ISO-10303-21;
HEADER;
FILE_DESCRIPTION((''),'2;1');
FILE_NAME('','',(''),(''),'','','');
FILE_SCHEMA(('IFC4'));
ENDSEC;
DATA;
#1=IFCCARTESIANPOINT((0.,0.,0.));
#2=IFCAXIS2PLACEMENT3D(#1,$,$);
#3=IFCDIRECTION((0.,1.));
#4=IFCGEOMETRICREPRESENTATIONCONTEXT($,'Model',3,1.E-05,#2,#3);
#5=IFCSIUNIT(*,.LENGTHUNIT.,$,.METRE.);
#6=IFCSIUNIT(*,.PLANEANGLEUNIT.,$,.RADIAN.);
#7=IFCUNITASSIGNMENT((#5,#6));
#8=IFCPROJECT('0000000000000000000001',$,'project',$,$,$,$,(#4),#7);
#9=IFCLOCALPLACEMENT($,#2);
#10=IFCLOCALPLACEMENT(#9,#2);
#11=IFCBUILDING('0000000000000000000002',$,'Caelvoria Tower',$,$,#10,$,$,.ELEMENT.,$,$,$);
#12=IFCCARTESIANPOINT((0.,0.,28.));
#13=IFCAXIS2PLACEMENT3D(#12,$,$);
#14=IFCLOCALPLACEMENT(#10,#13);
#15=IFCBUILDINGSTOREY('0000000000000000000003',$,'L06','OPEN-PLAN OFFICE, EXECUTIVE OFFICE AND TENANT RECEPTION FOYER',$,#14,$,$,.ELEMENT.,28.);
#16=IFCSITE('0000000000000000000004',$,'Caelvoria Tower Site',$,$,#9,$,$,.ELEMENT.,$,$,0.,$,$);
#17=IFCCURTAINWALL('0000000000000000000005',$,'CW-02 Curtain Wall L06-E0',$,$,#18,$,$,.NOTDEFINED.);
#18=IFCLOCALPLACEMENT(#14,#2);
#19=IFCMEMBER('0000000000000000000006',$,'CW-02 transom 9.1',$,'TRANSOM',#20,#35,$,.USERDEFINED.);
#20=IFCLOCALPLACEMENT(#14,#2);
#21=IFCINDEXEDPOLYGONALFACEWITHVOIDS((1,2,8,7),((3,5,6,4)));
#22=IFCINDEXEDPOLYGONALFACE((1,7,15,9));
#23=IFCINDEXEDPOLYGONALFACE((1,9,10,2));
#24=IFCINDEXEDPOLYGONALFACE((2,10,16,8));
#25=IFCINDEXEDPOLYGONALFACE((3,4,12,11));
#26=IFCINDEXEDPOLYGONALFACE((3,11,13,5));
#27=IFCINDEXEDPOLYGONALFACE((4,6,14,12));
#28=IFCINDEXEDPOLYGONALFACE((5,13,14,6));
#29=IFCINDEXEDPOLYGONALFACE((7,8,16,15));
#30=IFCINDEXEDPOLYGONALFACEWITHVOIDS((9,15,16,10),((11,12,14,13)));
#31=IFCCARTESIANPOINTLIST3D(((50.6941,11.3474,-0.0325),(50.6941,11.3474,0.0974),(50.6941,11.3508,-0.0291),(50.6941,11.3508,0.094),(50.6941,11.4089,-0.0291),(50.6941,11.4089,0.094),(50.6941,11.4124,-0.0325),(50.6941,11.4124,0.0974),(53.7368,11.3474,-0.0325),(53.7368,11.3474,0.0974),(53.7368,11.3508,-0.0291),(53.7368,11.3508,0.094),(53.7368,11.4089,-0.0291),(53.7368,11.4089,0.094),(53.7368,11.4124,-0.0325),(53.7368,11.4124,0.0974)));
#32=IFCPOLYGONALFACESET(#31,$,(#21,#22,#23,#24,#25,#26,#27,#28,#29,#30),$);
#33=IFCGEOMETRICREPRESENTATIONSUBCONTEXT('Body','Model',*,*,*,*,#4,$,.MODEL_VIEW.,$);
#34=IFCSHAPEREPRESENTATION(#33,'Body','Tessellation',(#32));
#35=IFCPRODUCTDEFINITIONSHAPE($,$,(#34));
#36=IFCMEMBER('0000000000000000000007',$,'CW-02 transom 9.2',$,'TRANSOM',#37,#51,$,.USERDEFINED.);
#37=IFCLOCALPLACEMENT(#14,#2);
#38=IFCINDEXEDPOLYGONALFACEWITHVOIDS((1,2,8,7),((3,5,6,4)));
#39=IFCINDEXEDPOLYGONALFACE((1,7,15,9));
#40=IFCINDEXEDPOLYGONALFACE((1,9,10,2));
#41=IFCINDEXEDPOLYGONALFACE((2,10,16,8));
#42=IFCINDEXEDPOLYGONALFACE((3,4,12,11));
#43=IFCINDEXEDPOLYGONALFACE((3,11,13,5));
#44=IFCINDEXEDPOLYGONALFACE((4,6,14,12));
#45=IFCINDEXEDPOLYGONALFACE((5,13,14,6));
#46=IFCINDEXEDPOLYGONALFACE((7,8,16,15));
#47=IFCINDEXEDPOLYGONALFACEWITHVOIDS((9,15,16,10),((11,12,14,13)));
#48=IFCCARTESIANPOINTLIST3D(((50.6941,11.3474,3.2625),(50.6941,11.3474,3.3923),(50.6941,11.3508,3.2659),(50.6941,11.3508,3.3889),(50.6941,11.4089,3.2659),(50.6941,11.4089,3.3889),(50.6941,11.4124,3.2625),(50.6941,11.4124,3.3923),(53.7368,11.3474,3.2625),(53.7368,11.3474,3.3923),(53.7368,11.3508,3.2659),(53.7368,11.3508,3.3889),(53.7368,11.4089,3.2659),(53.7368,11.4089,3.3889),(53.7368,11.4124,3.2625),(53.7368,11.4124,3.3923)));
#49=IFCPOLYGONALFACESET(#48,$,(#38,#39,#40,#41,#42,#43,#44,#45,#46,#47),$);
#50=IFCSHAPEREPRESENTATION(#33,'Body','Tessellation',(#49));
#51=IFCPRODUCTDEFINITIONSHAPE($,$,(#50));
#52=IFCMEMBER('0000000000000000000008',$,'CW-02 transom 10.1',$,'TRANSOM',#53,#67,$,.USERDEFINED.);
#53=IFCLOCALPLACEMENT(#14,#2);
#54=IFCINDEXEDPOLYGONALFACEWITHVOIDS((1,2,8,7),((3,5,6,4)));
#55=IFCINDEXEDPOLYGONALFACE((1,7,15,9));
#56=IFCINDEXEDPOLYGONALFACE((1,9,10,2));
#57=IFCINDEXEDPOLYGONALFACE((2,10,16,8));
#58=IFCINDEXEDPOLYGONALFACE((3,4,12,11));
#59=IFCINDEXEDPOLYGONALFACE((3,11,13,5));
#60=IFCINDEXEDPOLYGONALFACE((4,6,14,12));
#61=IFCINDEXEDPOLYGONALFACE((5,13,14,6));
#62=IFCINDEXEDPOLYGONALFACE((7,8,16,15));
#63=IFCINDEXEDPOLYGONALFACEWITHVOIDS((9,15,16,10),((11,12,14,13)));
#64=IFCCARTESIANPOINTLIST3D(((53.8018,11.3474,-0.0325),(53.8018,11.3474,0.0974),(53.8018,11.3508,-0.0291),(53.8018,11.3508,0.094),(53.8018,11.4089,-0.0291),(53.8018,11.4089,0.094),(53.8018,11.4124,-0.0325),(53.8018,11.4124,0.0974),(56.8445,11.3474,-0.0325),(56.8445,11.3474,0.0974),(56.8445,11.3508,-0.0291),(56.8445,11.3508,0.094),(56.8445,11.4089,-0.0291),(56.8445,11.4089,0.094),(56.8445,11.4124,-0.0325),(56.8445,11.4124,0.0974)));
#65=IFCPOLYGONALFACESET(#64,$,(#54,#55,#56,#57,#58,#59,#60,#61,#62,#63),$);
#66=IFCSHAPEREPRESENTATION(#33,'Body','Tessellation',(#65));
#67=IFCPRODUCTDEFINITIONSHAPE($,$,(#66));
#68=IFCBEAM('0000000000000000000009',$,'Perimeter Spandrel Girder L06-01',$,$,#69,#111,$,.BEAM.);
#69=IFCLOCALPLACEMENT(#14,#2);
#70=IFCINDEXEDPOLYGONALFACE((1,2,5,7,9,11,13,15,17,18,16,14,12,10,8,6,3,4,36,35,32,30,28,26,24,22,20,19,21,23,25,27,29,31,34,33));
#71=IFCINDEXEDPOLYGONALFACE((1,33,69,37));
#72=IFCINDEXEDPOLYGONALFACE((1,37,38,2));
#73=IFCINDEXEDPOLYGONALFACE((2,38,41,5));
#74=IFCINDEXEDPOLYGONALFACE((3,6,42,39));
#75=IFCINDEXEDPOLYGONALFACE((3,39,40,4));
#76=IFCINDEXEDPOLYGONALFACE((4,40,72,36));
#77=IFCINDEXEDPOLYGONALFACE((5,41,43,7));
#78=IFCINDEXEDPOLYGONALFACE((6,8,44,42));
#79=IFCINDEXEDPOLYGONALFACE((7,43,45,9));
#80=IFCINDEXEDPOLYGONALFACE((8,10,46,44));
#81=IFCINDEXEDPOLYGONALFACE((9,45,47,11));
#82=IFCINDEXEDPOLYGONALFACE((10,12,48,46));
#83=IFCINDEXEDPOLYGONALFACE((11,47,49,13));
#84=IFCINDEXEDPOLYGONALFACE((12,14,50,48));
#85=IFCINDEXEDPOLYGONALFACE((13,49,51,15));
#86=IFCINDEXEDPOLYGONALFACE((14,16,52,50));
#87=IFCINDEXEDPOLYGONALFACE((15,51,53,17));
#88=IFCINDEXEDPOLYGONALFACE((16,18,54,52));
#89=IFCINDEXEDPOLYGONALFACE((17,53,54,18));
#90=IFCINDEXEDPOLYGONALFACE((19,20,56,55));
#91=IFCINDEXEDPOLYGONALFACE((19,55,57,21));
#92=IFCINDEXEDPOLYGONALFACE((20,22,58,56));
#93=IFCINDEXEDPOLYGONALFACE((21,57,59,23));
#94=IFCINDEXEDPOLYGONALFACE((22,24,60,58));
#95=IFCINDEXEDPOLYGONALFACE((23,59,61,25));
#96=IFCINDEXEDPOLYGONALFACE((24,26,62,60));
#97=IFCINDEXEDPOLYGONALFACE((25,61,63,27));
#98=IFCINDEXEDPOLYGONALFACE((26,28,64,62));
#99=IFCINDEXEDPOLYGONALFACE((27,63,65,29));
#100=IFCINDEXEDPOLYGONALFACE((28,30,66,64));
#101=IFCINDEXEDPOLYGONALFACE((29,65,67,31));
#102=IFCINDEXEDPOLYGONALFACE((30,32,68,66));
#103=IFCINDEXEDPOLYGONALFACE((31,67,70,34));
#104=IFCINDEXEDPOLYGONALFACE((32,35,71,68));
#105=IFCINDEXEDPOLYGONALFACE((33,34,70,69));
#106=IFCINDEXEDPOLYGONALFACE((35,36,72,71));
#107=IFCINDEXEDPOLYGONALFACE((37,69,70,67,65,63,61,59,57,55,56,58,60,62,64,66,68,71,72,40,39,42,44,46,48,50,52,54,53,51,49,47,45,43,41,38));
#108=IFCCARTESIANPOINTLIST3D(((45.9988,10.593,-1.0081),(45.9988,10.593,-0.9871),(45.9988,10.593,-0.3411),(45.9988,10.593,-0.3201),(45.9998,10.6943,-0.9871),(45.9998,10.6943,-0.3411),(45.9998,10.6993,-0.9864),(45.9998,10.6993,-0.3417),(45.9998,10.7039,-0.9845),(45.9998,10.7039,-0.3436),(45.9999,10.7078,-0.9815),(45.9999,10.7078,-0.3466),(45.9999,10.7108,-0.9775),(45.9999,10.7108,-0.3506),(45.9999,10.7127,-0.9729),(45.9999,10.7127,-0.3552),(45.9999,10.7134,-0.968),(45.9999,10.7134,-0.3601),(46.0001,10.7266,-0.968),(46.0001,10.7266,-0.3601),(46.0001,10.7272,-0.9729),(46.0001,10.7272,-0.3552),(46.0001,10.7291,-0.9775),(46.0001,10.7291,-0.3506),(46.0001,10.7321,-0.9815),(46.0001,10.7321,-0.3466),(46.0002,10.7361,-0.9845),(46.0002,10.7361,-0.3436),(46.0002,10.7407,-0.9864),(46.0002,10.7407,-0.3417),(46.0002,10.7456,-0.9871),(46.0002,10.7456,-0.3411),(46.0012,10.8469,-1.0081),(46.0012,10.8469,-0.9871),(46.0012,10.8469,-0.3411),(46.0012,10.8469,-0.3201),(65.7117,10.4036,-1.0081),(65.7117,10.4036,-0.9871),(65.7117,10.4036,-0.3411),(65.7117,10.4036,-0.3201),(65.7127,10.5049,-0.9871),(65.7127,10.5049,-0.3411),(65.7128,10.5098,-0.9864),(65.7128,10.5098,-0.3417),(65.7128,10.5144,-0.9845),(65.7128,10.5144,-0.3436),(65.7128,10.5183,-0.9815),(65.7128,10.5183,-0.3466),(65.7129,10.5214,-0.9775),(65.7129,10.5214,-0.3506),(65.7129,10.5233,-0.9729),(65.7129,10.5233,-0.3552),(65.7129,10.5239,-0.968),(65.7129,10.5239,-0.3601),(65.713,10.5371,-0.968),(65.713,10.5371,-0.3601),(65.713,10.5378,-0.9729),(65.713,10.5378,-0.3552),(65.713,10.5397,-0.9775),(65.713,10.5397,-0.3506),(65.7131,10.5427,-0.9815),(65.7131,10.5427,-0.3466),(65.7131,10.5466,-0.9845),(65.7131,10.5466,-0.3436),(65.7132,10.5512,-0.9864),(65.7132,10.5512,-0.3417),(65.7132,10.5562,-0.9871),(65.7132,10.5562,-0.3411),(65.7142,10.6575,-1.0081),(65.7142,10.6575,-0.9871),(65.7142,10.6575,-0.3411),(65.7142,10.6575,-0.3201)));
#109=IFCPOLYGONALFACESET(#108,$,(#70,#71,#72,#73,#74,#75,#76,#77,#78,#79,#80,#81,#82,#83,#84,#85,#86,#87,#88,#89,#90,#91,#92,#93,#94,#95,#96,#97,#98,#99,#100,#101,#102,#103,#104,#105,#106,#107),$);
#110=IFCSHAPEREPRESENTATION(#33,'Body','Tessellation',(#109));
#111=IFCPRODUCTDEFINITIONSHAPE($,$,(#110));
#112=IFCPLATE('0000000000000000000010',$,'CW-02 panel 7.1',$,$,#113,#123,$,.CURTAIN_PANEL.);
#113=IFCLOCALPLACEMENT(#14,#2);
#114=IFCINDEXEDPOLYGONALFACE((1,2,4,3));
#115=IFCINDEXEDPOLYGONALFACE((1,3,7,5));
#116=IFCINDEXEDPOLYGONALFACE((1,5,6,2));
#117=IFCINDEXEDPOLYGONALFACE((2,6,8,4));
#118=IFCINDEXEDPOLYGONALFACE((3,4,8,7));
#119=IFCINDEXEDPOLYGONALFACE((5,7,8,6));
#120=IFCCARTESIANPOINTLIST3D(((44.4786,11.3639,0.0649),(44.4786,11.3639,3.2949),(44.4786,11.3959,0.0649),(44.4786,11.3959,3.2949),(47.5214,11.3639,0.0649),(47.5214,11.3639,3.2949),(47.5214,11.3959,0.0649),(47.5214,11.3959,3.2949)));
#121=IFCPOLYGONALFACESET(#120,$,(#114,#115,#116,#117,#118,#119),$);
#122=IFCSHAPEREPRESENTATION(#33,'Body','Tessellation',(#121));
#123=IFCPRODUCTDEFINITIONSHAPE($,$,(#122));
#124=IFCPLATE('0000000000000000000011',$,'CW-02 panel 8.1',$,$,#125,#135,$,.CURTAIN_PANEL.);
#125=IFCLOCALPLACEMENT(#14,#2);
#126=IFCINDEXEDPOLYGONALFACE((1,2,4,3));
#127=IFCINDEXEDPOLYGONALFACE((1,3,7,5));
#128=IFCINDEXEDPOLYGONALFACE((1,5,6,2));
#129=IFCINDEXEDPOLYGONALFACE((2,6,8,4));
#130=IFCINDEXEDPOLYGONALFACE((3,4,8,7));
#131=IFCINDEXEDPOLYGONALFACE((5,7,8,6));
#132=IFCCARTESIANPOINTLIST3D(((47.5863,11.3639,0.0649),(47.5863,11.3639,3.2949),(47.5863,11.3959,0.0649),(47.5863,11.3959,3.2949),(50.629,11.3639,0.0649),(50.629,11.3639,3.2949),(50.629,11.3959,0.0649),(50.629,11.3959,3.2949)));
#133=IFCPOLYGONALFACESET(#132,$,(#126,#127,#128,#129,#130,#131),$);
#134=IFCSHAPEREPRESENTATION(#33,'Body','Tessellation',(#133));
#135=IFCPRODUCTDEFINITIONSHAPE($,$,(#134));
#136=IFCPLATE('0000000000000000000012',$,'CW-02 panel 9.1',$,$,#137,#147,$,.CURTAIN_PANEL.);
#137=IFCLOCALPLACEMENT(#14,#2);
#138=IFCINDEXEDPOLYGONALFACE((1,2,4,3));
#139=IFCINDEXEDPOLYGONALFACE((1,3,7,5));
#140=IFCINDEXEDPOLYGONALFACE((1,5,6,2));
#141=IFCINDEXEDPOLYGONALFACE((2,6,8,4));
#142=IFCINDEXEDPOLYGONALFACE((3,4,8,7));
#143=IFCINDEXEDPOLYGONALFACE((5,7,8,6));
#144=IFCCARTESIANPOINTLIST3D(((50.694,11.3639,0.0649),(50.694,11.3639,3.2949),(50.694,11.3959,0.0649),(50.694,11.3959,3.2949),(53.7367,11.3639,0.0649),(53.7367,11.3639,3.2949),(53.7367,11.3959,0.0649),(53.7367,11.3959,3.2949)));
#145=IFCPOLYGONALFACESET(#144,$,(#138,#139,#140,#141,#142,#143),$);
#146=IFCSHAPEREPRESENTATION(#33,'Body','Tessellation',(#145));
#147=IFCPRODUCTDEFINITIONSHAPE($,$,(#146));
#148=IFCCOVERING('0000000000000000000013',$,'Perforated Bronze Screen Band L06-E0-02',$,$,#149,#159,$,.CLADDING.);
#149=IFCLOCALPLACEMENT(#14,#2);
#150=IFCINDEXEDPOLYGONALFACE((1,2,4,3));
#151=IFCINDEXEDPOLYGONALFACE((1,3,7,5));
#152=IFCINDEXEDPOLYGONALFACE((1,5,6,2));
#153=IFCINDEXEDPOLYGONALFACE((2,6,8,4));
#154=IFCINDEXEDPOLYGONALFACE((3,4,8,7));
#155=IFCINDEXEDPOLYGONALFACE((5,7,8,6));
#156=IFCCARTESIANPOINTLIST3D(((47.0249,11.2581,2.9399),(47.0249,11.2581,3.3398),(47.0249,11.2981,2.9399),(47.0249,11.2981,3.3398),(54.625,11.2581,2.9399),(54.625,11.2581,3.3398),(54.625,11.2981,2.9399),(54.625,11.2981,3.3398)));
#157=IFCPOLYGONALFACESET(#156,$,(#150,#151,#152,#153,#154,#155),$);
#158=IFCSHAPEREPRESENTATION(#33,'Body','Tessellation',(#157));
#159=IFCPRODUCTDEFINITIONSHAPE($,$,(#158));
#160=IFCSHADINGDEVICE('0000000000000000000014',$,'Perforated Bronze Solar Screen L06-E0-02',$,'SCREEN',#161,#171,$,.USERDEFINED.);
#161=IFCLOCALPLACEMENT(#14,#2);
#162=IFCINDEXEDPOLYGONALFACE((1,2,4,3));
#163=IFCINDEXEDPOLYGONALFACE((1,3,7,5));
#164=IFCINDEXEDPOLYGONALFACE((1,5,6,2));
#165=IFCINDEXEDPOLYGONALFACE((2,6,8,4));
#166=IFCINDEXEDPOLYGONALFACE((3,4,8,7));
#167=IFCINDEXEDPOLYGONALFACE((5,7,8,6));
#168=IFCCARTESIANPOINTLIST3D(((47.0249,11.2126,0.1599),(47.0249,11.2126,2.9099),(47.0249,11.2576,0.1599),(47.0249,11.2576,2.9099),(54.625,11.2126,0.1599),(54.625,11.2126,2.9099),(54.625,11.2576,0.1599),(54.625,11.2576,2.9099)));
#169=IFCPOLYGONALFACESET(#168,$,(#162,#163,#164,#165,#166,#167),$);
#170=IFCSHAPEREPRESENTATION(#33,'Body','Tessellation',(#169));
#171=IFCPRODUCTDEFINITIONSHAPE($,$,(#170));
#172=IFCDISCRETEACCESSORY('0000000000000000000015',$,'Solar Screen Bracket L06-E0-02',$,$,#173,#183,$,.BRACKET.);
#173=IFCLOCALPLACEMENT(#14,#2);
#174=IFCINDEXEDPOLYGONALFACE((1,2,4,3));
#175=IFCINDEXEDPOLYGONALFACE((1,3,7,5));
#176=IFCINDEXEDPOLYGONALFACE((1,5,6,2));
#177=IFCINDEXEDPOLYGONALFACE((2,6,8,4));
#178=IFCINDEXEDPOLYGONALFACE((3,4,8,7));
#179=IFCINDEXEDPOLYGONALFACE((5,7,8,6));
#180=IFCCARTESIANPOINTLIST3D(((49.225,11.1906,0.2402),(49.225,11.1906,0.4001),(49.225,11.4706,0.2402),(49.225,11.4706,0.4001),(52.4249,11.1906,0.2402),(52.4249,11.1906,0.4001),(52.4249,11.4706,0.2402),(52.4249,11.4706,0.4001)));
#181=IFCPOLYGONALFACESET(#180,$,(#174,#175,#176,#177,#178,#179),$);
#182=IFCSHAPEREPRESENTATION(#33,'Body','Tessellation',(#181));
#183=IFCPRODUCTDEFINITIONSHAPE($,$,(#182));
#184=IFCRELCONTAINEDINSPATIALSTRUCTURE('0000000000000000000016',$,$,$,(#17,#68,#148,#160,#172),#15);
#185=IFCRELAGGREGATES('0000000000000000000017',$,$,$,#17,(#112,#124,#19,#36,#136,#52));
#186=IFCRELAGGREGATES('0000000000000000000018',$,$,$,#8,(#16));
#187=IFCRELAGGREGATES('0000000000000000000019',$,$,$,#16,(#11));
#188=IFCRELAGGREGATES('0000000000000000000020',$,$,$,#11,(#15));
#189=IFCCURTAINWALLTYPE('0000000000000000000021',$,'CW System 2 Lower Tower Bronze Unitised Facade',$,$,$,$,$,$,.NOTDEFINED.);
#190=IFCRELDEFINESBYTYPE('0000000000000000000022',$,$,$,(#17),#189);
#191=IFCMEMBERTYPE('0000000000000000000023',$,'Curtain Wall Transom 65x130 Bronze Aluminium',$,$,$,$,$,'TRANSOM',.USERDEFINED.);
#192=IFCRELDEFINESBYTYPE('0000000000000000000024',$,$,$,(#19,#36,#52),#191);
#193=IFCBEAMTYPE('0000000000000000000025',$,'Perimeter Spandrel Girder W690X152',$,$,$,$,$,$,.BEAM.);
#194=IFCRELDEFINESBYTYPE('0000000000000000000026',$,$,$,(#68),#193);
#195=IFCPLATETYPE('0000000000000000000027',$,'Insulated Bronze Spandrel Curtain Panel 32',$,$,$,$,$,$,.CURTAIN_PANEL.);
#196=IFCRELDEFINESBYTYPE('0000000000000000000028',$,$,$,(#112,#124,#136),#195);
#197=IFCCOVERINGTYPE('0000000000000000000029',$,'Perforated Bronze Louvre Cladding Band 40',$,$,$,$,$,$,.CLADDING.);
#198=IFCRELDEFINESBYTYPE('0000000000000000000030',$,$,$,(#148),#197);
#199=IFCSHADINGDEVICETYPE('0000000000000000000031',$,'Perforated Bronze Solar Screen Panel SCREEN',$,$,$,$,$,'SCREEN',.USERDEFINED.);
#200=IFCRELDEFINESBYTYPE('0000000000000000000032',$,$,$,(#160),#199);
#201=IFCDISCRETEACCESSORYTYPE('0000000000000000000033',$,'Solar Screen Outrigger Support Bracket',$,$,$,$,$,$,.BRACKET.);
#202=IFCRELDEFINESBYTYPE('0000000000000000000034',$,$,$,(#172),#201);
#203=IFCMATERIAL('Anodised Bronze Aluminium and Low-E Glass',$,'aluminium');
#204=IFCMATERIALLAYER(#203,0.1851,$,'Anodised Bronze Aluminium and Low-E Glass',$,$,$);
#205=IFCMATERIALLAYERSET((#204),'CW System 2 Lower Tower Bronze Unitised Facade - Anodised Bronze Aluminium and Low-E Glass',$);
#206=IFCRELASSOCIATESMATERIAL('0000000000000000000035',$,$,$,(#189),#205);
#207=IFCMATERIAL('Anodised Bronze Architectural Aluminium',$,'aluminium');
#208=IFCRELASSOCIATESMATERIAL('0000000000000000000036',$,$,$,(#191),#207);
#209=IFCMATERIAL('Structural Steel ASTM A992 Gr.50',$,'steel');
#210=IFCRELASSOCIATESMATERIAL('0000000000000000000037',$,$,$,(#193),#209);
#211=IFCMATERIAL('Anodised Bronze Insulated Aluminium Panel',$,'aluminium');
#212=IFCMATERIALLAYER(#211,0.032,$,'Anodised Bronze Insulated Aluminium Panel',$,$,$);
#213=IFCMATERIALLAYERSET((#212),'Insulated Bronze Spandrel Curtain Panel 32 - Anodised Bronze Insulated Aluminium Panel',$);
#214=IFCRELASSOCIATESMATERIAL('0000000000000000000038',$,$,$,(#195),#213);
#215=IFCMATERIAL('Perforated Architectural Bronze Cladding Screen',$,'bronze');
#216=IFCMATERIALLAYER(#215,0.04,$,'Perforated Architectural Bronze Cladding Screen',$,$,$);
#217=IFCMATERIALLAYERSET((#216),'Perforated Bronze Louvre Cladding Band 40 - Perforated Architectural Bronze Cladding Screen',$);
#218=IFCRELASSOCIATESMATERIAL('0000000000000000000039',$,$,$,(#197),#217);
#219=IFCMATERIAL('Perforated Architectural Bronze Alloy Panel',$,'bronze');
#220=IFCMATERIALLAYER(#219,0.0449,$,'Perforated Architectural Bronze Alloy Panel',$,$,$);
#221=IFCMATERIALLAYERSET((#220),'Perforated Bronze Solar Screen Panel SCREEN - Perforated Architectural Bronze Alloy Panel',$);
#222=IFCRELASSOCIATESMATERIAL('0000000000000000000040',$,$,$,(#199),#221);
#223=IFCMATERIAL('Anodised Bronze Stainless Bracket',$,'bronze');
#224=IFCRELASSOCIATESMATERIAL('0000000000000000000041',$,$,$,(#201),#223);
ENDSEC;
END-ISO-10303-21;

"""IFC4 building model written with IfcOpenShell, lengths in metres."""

from ifc_helpers import new_model, si_unit, direction, frame, origin, origin_2d, place, context, subcontext, project, spatial, rectangle, hollow_rectangle, i_section, extrude, material, layer, layer_set, material_profile, profile_set, type_object, element, aggregate, save


model = new_model("IFC4")

# Units and contexts
model_context = context("Model", 3, precision=1e-05, world=origin(), true_north=direction((0.0, 1.0)))
body_context = subcontext(model_context, "Body", "Model", "MODEL_VIEW")
ifc_project = project(units=[si_unit("LENGTHUNIT", "METRE"), si_unit("PLANEANGLEUNIT", "RADIAN")], contexts=[model_context])

# Site, building, storey
site_placement = place(None, origin())
site = spatial("IfcSite", under=ifc_project, at=site_placement, Name="Caelvoria Tower Site", CompositionType="ELEMENT", RefElevation=0.0)
building_placement = place(site_placement, origin())
building = spatial("IfcBuilding", under=site, at=building_placement, Name="Caelvoria Tower", CompositionType="ELEMENT")
storey_placement = place(building_placement, frame((0.0, 0.0, 28.0)))
storey = spatial("IfcBuildingStorey", under=building, at=storey_placement, Name="L06", Description="OPEN-PLAN OFFICE, EXECUTIVE OFFICE AND TENANT RECEPTION FOYER", CompositionType="ELEMENT", Elevation=28.0)

# Curtain wall, members
ifc_material_1 = material(Name="Anodised Bronze Aluminium and Low-E Glass", Category="aluminium")
ifc_layer_1 = layer(ifc_material_1, 0.1851, Name="Anodised Bronze Aluminium and Low-E Glass")
ifc_layer_set_1 = layer_set([ifc_layer_1], Name="CW System 2 Lower Tower Bronze Unitised Facade - Anodised Bronze Aluminium and Low-E Glass")
curtain_wall_type = type_object("IfcCurtainWallType", Name="CW System 2 Lower Tower Bronze Unitised Facade", PredefinedType="NOTDEFINED", material=ifc_layer_set_1)
curtain_wall_placement = place(storey_placement, origin())
curtain_wall = element("IfcCurtainWall", 1, at=curtain_wall_placement, inside=storey, type_object=curtain_wall_type, Name="CW-02 Curtain Wall L06-E0", PredefinedType="NOTDEFINED")
ifc_material_2 = material(Name="Anodised Bronze Architectural Aluminium", Category="aluminium")
ifc_material_profile_1 = material_profile(ifc_material_2, hollow_rectangle(XDim=0.0649, YDim=0.1299, WallThickness=0.0034, at=origin_2d()), Name="Anodised Bronze Architectural Aluminium")
ifc_profile_set_1 = profile_set([ifc_material_profile_1], Name="CW_TRAN_65X130 - Anodised Bronze Architectural Aluminium")
member_type_1 = type_object("IfcMemberType", Name="Curtain Wall Transom 65x130 Bronze Aluminium", ElementType="TRANSOM", PredefinedType="USERDEFINED", material=ifc_profile_set_1)
member_1_placement = place(storey_placement, frame((50.6941, 11.3799, 0.0325), z_axis=(1.0, 0.0, 0.0), x_axis=(0.0, 1.0, 0.0)))
member_1 = element("IfcMember", 2, at=member_1_placement, type_object=member_type_1, Name="CW-02 transom 9.1", ObjectType="TRANSOM", PredefinedType="USERDEFINED", context=body_context, shape_type="SweptSolid", body=[
    extrude(hollow_rectangle(XDim=0.0649, YDim=0.1299, WallThickness=0.0034, at=origin_2d()), origin(), (0.0, 0.0, 1.0), 3.0427),
])
member_2_placement = place(storey_placement, frame((50.6941, 11.3799, 3.3274), z_axis=(1.0, 0.0, 0.0), x_axis=(0.0, 1.0, 0.0)))
member_2 = element("IfcMember", 3, at=member_2_placement, type_object=member_type_1, Name="CW-02 transom 9.2", ObjectType="TRANSOM", PredefinedType="USERDEFINED", context=body_context, shape_type="SweptSolid", body=[
    extrude(hollow_rectangle(XDim=0.0649, YDim=0.1299, WallThickness=0.0034, at=origin_2d()), origin(), (0.0, 0.0, 1.0), 3.0427),
])
member_3_placement = place(storey_placement, frame((53.8018, 11.3799, 0.0325), z_axis=(1.0, 0.0, 0.0), x_axis=(0.0, 1.0, 0.0)))
member_3 = element("IfcMember", 4, at=member_3_placement, type_object=member_type_1, Name="CW-02 transom 10.1", ObjectType="TRANSOM", PredefinedType="USERDEFINED", context=body_context, shape_type="SweptSolid", body=[
    extrude(hollow_rectangle(XDim=0.0649, YDim=0.1299, WallThickness=0.0034, at=origin_2d()), origin(), (0.0, 0.0, 1.0), 3.0427),
])

# Beam
ifc_material_3 = material(Name="Structural Steel ASTM A992 Gr.50", Category="steel")
ifc_material_profile_2 = material_profile(ifc_material_3, i_section(OverallWidth=0.2539, OverallDepth=0.688, WebThickness=0.0132, FlangeThickness=0.021, FilletRadius=0.019, at=origin_2d()), Name="Structural Steel ASTM A992 Gr.50")
ifc_profile_set_2 = profile_set([ifc_material_profile_2], Name="W690X152 - Structural Steel ASTM A992 Gr.50")
beam_type = type_object("IfcBeamType", Name="Perimeter Spandrel Girder W690X152", PredefinedType="BEAM", material=ifc_profile_set_2)
beam_placement = place(storey_placement, frame((46.0, 10.72, -0.6641), z_axis=(0.999954, -0.00961, 0.0), x_axis=(0.00961, 0.999954, 0.0)))
element("IfcBeam", 5, at=beam_placement, inside=storey, type_object=beam_type, Name="Perimeter Spandrel Girder L06-01", PredefinedType="BEAM", context=body_context, shape_type="SweptSolid", body=[
    extrude(i_section(OverallWidth=0.2539, OverallDepth=0.688, WebThickness=0.0132, FlangeThickness=0.021, FilletRadius=0.019, at=origin_2d()), origin(), (0.0, 0.0, 1.0), 19.7139),
])

# Plates
ifc_material_4 = material(Name="Anodised Bronze Insulated Aluminium Panel", Category="aluminium")
ifc_layer_2 = layer(ifc_material_4, 0.032, Name="Anodised Bronze Insulated Aluminium Panel")
ifc_layer_set_2 = layer_set([ifc_layer_2], Name="Insulated Bronze Spandrel Curtain Panel 32 - Anodised Bronze Insulated Aluminium Panel")
plate_type = type_object("IfcPlateType", Name="Insulated Bronze Spandrel Curtain Panel 32", PredefinedType="CURTAIN_PANEL", material=ifc_layer_set_2)
plate_1_placement = place(storey_placement, frame((46.0, 11.3799, 0.0649), z_axis=(0.0, 0.0, 1.0), x_axis=(1.0, 0.0, 0.0)))
plate_1 = element("IfcPlate", 6, at=plate_1_placement, type_object=plate_type, Name="CW-02 panel 7.1", PredefinedType="CURTAIN_PANEL", context=body_context, shape_type="SweptSolid", body=[
    extrude(rectangle(XDim=3.0427, YDim=0.032, at=origin_2d()), origin(), (0.0, 0.0, 1.0), 3.23),
])
plate_2_placement = place(storey_placement, frame((49.1077, 11.3799, 0.0649), z_axis=(0.0, 0.0, 1.0), x_axis=(1.0, 0.0, 0.0)))
plate_2 = element("IfcPlate", 7, at=plate_2_placement, type_object=plate_type, Name="CW-02 panel 8.1", PredefinedType="CURTAIN_PANEL", context=body_context, shape_type="SweptSolid", body=[
    extrude(rectangle(XDim=3.0427, YDim=0.032, at=origin_2d()), origin(), (0.0, 0.0, 1.0), 3.23),
])
plate_3_placement = place(storey_placement, frame((52.2153, 11.3799, 0.0649), z_axis=(0.0, 0.0, 1.0), x_axis=(1.0, 0.0, 0.0)))
plate_3 = element("IfcPlate", 8, at=plate_3_placement, type_object=plate_type, Name="CW-02 panel 9.1", PredefinedType="CURTAIN_PANEL", context=body_context, shape_type="SweptSolid", body=[
    extrude(rectangle(XDim=3.0427, YDim=0.032, at=origin_2d()), origin(), (0.0, 0.0, 1.0), 3.23),
])
aggregate(curtain_wall, [plate_1, plate_2, member_1, member_2, plate_3, member_3])

# Covering
ifc_material_5 = material(Name="Perforated Architectural Bronze Cladding Screen", Category="bronze")
ifc_layer_3 = layer(ifc_material_5, 0.04, Name="Perforated Architectural Bronze Cladding Screen")
ifc_layer_set_3 = layer_set([ifc_layer_3], Name="Perforated Bronze Louvre Cladding Band 40 - Perforated Architectural Bronze Cladding Screen")
covering_type = type_object("IfcCoveringType", Name="Perforated Bronze Louvre Cladding Band 40", PredefinedType="CLADDING", material=ifc_layer_set_3)
covering_placement = place(storey_placement, frame((50.825, 11.2781, 2.9399), z_axis=(0.0, 0.0, 1.0), x_axis=(1.0, 0.0, 0.0)))
element("IfcCovering", 9, at=covering_placement, inside=storey, type_object=covering_type, Name="Perforated Bronze Screen Band L06-E0-02", PredefinedType="CLADDING", context=body_context, shape_type="SweptSolid", body=[
    extrude(rectangle(XDim=7.6001, YDim=0.04, at=origin_2d()), origin(), (0.0, 0.0, 1.0), 0.3999),
])

# Shading device
ifc_material_6 = material(Name="Perforated Architectural Bronze Alloy Panel", Category="bronze")
ifc_layer_4 = layer(ifc_material_6, 0.0449, Name="Perforated Architectural Bronze Alloy Panel")
ifc_layer_set_4 = layer_set([ifc_layer_4], Name="Perforated Bronze Solar Screen Panel SCREEN - Perforated Architectural Bronze Alloy Panel")
shading_device_type = type_object("IfcShadingDeviceType", Name="Perforated Bronze Solar Screen Panel SCREEN", ElementType="SCREEN", PredefinedType="USERDEFINED", material=ifc_layer_set_4)
shading_device_placement = place(storey_placement, frame((50.825, 11.2351, 0.1599), z_axis=(0.0, 0.0, 1.0), x_axis=(1.0, 0.0, 0.0)))
element("IfcShadingDevice", 10, at=shading_device_placement, inside=storey, type_object=shading_device_type, Name="Perforated Bronze Solar Screen L06-E0-02", ObjectType="SCREEN", PredefinedType="USERDEFINED", context=body_context, shape_type="SweptSolid", body=[
    extrude(rectangle(XDim=7.6001, YDim=0.0449, at=origin_2d()), origin(), (0.0, 0.0, 1.0), 2.75),
])

# Discrete accessory
ifc_material_7 = material(Name="Anodised Bronze Stainless Bracket", Category="bronze")
discrete_accessory_type = type_object("IfcDiscreteAccessoryType", Name="Solar Screen Outrigger Support Bracket", PredefinedType="BRACKET", material=ifc_material_7)
for number, where, z_axis, x_axis, name in (
    (11, (50.825, 11.3306, 0.2402), (0.0, 0.0, 1.0), (1.0, 0.0, 0.0), "Solar Screen Bracket L06-E0-02"),
):
    element("IfcDiscreteAccessory", number, at=place(storey_placement, frame(where, z_axis=z_axis, x_axis=x_axis)), inside=storey, type_object=discrete_accessory_type, Name=name, PredefinedType="BRACKET", context=body_context, shape_type="SweptSolid", body=[
        extrude(rectangle(XDim=3.2, YDim=0.28, at=origin_2d()), origin(), (0.0, 0.0, 1.0), 0.1599),
    ])

save(model, "model.ifc")
